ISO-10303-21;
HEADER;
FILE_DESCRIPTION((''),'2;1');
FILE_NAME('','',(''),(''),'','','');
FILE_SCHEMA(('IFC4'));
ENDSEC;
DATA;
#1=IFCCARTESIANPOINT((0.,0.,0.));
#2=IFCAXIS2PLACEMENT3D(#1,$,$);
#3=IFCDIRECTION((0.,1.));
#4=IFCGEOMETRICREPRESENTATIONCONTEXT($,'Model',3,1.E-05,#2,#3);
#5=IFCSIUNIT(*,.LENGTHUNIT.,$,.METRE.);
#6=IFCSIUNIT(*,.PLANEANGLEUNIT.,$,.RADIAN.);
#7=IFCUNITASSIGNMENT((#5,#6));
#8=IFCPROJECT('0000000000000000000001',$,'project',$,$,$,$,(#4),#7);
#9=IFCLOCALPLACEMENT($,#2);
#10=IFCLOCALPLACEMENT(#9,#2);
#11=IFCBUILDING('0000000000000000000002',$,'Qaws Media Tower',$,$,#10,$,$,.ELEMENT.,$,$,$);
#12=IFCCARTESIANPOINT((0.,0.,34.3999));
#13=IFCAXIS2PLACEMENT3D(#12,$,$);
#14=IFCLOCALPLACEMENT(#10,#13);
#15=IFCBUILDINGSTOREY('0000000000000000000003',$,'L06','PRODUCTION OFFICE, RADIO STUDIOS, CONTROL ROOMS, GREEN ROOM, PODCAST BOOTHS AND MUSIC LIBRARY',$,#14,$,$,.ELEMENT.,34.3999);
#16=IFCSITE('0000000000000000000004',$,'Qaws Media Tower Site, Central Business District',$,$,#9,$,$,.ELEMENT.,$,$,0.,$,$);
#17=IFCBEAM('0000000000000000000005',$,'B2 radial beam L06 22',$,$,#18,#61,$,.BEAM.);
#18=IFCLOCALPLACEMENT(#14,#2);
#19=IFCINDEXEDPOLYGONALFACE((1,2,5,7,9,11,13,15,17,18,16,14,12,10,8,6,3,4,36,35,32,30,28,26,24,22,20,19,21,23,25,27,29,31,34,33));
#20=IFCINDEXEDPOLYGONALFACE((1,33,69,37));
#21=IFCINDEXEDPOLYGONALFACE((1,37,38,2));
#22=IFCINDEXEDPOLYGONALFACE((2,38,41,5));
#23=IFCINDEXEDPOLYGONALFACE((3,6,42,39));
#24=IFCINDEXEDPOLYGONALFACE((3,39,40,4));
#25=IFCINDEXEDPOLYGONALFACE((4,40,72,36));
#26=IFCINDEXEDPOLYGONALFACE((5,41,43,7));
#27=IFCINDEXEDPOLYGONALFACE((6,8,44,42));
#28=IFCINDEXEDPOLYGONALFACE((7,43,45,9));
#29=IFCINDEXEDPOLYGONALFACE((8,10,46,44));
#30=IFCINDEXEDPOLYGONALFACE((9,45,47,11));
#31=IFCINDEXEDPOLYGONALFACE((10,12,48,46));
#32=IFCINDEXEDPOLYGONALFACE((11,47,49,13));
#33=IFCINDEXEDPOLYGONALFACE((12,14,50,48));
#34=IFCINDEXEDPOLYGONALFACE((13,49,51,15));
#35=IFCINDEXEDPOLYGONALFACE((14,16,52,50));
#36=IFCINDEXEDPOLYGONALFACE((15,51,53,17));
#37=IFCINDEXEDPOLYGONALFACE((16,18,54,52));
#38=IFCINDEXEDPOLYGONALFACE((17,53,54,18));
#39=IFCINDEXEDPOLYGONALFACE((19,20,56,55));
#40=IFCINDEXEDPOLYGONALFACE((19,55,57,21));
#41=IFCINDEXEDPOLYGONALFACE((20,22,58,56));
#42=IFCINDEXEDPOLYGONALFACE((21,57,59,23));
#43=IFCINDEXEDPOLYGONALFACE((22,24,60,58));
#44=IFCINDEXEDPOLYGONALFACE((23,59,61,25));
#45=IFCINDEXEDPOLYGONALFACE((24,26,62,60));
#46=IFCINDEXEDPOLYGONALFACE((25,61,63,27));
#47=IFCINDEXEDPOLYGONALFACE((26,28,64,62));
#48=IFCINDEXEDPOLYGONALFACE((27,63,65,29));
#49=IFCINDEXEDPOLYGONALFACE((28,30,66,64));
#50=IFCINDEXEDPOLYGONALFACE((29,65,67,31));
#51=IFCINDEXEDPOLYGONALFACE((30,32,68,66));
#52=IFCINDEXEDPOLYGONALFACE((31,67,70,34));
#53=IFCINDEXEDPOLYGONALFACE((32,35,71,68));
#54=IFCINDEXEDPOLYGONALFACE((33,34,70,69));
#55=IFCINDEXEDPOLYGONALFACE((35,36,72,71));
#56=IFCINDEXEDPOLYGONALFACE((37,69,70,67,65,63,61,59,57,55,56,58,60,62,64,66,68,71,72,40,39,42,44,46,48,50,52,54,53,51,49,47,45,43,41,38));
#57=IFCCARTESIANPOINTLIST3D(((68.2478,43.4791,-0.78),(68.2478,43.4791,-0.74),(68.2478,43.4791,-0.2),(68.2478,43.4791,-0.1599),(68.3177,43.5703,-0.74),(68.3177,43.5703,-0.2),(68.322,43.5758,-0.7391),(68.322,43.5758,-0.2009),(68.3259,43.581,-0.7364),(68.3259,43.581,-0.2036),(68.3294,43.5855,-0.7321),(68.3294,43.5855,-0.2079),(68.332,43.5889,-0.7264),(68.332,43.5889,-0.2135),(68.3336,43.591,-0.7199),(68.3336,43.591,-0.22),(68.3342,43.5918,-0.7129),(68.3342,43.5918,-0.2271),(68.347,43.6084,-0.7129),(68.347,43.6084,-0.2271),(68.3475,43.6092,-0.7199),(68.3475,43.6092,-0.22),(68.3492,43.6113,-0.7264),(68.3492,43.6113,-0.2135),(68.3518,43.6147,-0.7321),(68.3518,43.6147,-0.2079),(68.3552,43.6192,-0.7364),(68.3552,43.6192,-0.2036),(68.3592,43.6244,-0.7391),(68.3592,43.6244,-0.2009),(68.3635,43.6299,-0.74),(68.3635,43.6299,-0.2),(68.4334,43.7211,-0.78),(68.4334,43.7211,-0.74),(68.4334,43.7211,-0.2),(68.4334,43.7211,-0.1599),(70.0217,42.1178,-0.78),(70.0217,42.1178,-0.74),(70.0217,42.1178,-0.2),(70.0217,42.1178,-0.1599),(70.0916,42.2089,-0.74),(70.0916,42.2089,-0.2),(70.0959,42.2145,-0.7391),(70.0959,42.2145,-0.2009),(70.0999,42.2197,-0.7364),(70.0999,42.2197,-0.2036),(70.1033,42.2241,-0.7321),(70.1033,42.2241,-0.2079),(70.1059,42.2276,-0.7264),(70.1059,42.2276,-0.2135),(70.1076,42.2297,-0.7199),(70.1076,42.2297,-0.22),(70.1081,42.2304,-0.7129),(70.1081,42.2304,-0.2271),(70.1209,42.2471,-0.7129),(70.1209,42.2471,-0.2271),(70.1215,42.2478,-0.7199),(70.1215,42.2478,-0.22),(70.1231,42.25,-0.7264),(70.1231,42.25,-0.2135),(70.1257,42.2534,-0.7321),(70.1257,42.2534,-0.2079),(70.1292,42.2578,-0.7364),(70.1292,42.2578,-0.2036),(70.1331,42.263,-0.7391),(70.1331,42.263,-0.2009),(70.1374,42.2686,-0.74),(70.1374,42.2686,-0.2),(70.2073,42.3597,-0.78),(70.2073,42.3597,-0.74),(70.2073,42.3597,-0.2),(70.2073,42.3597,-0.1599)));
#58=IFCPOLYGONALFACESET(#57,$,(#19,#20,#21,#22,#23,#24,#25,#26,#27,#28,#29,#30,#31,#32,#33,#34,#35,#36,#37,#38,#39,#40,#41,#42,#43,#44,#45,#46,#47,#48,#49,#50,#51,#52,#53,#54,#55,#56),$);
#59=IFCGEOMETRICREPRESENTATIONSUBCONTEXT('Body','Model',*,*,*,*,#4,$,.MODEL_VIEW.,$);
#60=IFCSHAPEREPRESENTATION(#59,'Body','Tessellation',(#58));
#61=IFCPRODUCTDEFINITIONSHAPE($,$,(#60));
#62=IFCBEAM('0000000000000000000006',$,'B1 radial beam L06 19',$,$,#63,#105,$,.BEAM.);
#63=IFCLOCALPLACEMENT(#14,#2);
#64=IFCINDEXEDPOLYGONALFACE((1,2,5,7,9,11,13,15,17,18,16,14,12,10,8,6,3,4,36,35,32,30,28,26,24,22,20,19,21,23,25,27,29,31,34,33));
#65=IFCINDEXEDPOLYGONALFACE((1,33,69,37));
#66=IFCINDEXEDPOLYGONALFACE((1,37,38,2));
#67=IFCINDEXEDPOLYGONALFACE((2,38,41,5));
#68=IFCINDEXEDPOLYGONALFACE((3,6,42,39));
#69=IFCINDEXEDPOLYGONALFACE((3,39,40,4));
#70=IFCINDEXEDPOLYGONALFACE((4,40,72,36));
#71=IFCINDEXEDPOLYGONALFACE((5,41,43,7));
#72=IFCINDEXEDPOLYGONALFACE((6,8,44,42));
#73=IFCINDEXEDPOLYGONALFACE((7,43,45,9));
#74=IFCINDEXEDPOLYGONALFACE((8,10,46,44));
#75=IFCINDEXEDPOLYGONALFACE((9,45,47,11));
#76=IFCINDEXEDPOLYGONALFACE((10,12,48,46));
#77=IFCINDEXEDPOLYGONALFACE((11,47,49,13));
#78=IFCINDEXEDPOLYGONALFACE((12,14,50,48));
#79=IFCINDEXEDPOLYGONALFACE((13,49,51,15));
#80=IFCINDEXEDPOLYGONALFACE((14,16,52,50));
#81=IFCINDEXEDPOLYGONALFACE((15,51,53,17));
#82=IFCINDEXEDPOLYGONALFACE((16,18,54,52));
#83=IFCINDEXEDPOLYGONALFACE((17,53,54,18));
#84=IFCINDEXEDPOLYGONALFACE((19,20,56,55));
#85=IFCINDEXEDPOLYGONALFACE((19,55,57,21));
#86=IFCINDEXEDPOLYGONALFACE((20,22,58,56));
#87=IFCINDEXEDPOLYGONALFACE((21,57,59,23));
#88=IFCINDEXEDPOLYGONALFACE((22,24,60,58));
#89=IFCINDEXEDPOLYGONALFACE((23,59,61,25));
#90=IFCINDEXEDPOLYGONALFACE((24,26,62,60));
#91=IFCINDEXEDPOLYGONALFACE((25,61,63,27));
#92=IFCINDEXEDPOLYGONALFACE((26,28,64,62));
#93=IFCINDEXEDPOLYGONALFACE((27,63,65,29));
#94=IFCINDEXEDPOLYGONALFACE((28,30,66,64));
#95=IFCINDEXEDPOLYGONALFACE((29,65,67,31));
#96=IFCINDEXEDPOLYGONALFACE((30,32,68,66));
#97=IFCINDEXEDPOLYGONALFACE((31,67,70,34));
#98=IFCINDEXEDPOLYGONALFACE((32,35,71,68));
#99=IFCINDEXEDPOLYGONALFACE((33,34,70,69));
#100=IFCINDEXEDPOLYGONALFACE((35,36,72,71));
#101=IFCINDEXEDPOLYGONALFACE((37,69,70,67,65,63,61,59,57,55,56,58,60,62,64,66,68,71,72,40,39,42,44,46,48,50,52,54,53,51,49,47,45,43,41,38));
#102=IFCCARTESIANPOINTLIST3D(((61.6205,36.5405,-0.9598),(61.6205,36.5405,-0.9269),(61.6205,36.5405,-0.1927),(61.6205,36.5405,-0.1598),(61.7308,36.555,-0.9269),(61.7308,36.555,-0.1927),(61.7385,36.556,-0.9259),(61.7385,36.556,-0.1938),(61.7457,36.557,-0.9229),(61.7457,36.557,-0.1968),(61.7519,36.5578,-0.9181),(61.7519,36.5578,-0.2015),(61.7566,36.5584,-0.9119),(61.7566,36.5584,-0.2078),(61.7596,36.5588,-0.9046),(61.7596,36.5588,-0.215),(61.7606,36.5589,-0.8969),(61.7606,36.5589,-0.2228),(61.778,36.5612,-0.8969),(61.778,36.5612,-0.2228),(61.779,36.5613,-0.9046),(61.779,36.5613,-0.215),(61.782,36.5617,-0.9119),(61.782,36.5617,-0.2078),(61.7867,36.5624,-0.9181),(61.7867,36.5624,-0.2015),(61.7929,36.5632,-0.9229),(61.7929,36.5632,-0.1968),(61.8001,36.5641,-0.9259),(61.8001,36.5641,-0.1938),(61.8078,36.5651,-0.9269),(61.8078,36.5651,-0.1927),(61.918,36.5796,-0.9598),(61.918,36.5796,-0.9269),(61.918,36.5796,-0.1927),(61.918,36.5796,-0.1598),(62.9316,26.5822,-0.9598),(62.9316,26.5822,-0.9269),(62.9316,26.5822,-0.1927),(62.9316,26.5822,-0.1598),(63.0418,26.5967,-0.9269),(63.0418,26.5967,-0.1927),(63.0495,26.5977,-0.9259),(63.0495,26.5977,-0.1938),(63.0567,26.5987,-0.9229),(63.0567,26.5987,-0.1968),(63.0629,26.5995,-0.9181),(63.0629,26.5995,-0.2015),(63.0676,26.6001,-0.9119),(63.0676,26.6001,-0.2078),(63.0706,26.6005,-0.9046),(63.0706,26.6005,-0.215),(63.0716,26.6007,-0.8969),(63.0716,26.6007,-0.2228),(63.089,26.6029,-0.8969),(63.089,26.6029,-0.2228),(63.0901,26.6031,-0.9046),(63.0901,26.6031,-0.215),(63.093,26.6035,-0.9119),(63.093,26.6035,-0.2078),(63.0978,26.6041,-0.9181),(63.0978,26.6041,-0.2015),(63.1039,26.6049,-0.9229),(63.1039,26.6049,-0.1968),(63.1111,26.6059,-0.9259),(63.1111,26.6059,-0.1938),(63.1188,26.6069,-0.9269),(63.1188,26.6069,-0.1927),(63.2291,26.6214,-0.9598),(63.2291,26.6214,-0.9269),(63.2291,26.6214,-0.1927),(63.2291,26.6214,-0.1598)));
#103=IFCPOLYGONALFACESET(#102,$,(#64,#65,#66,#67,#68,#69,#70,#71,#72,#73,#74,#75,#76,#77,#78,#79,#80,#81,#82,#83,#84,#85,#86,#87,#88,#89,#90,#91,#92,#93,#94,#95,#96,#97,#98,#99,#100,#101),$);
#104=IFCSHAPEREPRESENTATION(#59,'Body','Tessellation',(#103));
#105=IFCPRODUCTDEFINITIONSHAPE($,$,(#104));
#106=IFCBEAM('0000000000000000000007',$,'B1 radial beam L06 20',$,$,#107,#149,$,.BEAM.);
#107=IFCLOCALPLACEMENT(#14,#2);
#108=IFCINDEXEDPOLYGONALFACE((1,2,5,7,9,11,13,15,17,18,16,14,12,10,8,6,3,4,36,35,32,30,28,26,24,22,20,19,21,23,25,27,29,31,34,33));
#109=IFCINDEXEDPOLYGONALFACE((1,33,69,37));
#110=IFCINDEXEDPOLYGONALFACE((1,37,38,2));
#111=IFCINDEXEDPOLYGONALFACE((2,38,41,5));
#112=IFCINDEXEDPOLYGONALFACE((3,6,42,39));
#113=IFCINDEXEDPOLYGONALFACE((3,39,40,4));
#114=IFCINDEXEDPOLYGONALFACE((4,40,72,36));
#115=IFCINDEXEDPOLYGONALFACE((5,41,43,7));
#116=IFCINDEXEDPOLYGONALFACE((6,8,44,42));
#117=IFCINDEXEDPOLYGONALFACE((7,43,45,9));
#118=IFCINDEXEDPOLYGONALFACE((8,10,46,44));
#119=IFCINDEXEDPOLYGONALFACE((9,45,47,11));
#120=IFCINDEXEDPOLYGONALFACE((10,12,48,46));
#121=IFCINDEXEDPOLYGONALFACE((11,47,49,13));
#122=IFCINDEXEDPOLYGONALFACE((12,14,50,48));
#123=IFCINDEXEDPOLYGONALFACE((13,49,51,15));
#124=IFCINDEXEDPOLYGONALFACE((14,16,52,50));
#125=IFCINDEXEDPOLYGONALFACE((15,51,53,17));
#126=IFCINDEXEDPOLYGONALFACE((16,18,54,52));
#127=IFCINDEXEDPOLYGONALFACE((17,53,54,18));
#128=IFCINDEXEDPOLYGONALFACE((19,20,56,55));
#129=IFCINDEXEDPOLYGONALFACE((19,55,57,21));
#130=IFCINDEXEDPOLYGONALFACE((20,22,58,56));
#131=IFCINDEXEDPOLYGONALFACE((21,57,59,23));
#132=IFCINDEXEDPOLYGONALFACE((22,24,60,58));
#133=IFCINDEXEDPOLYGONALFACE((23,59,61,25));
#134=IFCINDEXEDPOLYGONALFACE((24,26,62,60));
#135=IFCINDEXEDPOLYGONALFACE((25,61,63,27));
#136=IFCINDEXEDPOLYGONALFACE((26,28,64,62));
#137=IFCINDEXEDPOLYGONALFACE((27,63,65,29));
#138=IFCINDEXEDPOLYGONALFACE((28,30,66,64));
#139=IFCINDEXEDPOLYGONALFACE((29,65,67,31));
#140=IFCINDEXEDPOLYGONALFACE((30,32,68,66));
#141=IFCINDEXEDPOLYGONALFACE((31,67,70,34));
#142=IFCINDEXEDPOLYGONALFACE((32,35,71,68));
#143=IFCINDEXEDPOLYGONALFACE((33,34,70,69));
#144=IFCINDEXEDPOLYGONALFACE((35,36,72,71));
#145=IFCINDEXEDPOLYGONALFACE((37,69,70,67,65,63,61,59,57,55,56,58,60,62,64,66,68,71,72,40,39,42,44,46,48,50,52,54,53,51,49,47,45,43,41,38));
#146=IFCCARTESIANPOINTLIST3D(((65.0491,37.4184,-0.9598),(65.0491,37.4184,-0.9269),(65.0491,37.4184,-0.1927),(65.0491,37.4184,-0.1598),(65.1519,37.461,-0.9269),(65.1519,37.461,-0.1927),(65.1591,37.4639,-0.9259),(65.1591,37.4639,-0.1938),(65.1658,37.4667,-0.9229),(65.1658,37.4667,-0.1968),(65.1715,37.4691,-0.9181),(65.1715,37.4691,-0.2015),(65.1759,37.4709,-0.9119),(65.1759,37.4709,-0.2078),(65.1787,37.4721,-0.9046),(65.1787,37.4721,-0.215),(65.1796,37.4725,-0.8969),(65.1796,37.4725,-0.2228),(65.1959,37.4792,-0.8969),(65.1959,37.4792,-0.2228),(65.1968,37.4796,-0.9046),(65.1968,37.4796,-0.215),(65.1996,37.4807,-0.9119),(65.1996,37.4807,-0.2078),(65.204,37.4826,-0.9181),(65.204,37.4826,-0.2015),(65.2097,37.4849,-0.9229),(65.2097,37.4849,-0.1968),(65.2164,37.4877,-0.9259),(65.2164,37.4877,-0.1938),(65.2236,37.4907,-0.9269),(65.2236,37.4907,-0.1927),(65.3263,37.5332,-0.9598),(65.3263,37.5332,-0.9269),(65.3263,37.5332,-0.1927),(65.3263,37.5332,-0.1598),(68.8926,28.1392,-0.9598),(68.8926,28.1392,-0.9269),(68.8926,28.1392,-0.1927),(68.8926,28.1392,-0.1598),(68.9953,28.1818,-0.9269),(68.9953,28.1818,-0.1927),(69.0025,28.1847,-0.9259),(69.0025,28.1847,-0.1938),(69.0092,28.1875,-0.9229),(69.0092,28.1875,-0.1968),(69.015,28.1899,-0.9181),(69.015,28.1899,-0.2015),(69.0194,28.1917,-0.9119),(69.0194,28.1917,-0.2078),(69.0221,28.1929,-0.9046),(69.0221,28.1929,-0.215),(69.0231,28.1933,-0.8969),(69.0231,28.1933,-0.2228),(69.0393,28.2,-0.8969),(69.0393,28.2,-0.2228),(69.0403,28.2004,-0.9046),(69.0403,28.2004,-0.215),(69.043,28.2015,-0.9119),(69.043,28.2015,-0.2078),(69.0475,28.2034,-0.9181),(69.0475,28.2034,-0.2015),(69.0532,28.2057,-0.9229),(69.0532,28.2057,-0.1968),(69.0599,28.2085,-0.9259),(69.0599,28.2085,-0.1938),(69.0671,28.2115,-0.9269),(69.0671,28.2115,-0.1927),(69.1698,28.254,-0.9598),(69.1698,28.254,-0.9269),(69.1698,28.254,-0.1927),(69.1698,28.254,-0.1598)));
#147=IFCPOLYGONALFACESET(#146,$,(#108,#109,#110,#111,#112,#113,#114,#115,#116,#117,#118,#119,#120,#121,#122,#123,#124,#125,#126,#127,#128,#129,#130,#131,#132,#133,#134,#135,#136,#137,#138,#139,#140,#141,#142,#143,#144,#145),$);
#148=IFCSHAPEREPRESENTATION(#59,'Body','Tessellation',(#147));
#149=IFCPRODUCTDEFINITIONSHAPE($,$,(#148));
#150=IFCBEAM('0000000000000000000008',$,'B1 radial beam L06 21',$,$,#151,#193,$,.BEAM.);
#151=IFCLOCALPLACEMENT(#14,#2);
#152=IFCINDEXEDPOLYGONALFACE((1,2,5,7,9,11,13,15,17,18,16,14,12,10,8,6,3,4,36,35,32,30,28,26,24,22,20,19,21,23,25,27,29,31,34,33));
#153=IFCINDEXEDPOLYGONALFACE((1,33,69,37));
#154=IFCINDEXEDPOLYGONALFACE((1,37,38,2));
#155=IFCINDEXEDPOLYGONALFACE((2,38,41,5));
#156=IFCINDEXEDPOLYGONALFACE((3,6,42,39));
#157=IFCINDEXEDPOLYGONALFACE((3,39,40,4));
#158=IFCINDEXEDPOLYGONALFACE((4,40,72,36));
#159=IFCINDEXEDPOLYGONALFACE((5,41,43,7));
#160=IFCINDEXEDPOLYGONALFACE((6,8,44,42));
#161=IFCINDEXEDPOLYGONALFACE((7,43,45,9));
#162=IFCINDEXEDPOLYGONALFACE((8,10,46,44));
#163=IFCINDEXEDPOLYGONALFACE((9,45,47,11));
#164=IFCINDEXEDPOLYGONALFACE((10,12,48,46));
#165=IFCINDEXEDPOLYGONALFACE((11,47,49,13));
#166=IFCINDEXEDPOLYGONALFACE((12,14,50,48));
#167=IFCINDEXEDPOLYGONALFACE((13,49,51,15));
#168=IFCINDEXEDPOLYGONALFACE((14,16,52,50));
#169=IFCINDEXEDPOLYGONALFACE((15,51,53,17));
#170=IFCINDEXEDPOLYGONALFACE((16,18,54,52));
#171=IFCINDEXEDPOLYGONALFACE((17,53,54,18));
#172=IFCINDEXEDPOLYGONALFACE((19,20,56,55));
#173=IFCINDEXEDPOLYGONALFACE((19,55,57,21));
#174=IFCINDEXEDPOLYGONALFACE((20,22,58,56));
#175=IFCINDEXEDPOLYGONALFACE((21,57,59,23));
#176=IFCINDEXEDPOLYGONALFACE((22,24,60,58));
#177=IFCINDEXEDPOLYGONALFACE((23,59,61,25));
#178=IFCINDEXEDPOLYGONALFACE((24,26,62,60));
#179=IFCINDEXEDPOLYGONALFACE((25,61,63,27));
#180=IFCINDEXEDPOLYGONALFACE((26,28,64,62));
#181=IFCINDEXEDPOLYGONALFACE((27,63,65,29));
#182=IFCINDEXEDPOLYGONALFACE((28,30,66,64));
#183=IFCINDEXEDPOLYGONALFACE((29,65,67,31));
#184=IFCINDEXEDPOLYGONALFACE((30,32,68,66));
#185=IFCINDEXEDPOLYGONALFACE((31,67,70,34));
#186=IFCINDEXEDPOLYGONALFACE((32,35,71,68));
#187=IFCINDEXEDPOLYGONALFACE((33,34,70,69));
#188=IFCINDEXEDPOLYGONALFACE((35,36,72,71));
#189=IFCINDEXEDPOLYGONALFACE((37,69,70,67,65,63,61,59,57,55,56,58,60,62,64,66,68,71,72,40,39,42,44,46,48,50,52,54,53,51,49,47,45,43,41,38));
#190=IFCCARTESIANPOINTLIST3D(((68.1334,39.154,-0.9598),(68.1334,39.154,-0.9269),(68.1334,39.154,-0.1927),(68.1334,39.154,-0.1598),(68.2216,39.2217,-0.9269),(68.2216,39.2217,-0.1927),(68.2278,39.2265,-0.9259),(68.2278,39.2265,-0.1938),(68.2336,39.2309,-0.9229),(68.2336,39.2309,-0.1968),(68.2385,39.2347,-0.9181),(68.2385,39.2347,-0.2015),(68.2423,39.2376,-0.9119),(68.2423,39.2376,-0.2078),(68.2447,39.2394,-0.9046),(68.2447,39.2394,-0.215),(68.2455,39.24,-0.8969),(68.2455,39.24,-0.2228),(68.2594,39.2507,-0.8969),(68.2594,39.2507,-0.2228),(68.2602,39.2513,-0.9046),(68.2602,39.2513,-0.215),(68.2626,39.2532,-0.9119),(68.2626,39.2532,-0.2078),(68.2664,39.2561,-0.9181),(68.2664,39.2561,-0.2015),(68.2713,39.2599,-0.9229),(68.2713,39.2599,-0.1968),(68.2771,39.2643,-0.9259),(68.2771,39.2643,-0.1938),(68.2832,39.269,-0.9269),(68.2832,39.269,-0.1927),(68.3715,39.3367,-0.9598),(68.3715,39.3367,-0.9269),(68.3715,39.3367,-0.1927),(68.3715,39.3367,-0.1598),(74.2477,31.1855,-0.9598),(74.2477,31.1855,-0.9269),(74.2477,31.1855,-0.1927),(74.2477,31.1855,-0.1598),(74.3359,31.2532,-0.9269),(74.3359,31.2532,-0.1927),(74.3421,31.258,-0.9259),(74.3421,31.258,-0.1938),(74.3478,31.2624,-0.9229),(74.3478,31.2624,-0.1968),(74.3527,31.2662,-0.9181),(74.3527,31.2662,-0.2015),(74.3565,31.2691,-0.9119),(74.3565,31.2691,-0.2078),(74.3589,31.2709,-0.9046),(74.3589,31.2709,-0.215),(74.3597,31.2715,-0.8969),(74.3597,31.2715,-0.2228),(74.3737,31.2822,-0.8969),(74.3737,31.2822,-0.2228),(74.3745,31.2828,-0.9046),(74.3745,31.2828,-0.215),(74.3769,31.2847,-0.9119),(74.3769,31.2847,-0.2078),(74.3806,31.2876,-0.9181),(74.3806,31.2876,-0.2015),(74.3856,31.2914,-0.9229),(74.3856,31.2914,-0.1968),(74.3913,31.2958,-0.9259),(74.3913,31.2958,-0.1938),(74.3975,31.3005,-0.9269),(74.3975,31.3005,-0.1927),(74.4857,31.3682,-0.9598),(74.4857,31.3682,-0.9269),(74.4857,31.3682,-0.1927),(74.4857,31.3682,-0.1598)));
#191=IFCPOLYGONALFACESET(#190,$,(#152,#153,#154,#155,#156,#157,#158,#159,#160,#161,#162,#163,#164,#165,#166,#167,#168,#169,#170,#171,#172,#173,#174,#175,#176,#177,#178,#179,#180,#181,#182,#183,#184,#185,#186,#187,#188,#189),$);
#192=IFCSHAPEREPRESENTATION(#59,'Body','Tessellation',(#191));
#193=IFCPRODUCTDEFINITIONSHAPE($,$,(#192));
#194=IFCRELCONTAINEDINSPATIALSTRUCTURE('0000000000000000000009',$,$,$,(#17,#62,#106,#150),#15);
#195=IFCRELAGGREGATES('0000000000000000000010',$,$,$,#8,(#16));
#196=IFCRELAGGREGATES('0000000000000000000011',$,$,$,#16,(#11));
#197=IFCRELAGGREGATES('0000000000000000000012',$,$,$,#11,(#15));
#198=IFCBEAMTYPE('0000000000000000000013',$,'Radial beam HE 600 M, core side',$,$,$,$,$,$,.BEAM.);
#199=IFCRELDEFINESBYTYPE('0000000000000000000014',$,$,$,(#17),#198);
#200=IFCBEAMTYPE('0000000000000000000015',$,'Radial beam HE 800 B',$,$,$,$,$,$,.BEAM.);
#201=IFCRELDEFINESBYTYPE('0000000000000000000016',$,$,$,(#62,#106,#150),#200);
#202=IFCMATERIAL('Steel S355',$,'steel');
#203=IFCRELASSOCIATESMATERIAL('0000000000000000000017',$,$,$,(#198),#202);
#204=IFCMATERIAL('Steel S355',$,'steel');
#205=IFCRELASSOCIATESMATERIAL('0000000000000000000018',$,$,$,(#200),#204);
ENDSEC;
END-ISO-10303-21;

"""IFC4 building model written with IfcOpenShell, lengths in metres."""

from ifc_helpers import new_model, si_unit, direction, frame, origin, origin_2d, place, context, subcontext, project, spatial, i_section, extrude, material, material_profile, profile_set, type_object, element, save


model = new_model("IFC4")

# Units and contexts
model_context = context("Model", 3, precision=1e-05, world=origin(), true_north=direction((0.0, 1.0)))
body_context = subcontext(model_context, "Body", "Model", "MODEL_VIEW")
ifc_project = project(units=[si_unit("LENGTHUNIT", "METRE"), si_unit("PLANEANGLEUNIT", "RADIAN")], contexts=[model_context])

# Site, building, storey
site_placement = place(None, origin())
site = spatial("IfcSite", under=ifc_project, at=site_placement, Name="Qaws Media Tower Site, Central Business District", CompositionType="ELEMENT", RefElevation=0.0)
building_placement = place(site_placement, origin())
building = spatial("IfcBuilding", under=site, at=building_placement, Name="Qaws Media Tower", CompositionType="ELEMENT")
storey_placement = place(building_placement, frame((0.0, 0.0, 34.3999)))
storey = spatial("IfcBuildingStorey", under=building, at=storey_placement, Name="L06", Description="PRODUCTION OFFICE, RADIO STUDIOS, CONTROL ROOMS, GREEN ROOM, PODCAST BOOTHS AND MUSIC LIBRARY", CompositionType="ELEMENT", Elevation=34.3999)

# Beams
ifc_material_1 = material(Name="Steel S355", Category="steel")
ifc_material_profile_1 = material_profile(ifc_material_1, i_section(OverallWidth=0.3049, OverallDepth=0.6201, WebThickness=0.021, FlangeThickness=0.04, FilletRadius=0.0271, at=origin_2d()), Name="HE 600 M")
ifc_profile_set_1 = profile_set([ifc_material_profile_1], Name="Steel S355")
beam_type_1 = type_object("IfcBeamType", Name="Radial beam HE 600 M, core side", PredefinedType="BEAM", material=ifc_profile_set_1)
beam_1_placement = place(storey_placement, frame((68.3406, 43.6001, -0.47), z_axis=(0.793322, -0.608803, 0.0), x_axis=(0.608803, 0.793322, 0.0)))
element("IfcBeam", 1, at=beam_1_placement, inside=storey, type_object=beam_type_1, Name="B2 radial beam L06 22", PredefinedType="BEAM", context=body_context, shape_type="SweptSolid", body=[
    extrude(i_section(OverallWidth=0.3049, OverallDepth=0.6201, WebThickness=0.021, FlangeThickness=0.04, FilletRadius=0.0271, at=origin_2d()), origin(), (0.0, 0.0, 1.0), 2.2361),
])
ifc_material_2 = material(Name="Steel S355", Category="steel")
ifc_material_profile_2 = material_profile(ifc_material_2, i_section(OverallWidth=0.3, OverallDepth=0.8, WebThickness=0.0176, FlangeThickness=0.033, FilletRadius=0.03, at=origin_2d()), Name="HE 800 B")
ifc_profile_set_2 = profile_set([ifc_material_profile_2], Name="Steel S355")
beam_type_2 = type_object("IfcBeamType", Name="Radial beam HE 800 B", PredefinedType="BEAM", material=ifc_profile_set_2)
beam_2_placement = place(storey_placement, frame((61.7693, 36.5601, -0.5598), z_axis=(0.130527, -0.991445, 0.0), x_axis=(0.991445, 0.130527, 0.0)))
element("IfcBeam", 2, at=beam_2_placement, inside=storey, type_object=beam_type_2, Name="B1 radial beam L06 19", PredefinedType="BEAM", context=body_context, shape_type="SweptSolid", body=[
    extrude(i_section(OverallWidth=0.3, OverallDepth=0.8, WebThickness=0.0176, FlangeThickness=0.033, FilletRadius=0.03, at=origin_2d()), origin(), (0.0, 0.0, 1.0), 10.0442),
])
beam_3_placement = place(storey_placement, frame((65.1877, 37.4758, -0.5598), z_axis=(0.382675, -0.923883, 0.0), x_axis=(0.923883, 0.382675, 0.0)))
element("IfcBeam", 3, at=beam_3_placement, inside=storey, type_object=beam_type_2, Name="B1 radial beam L06 20", PredefinedType="BEAM", context=body_context, shape_type="SweptSolid", body=[
    extrude(i_section(OverallWidth=0.3, OverallDepth=0.8, WebThickness=0.0176, FlangeThickness=0.033, FilletRadius=0.03, at=origin_2d()), origin(), (0.0, 0.0, 1.0), 10.0437),
])
beam_4_placement = place(storey_placement, frame((68.2524, 39.2454, -0.5598), z_axis=(0.608749, -0.793363, 0.0), x_axis=(0.793363, 0.608749, 0.0)))
element("IfcBeam", 4, at=beam_4_placement, inside=storey, type_object=beam_type_2, Name="B1 radial beam L06 21", PredefinedType="BEAM", context=body_context, shape_type="SweptSolid", body=[
    extrude(i_section(OverallWidth=0.3, OverallDepth=0.8, WebThickness=0.0176, FlangeThickness=0.033, FilletRadius=0.03, at=origin_2d()), origin(), (0.0, 0.0, 1.0), 10.0439),
])

save(model, "model.ifc")
